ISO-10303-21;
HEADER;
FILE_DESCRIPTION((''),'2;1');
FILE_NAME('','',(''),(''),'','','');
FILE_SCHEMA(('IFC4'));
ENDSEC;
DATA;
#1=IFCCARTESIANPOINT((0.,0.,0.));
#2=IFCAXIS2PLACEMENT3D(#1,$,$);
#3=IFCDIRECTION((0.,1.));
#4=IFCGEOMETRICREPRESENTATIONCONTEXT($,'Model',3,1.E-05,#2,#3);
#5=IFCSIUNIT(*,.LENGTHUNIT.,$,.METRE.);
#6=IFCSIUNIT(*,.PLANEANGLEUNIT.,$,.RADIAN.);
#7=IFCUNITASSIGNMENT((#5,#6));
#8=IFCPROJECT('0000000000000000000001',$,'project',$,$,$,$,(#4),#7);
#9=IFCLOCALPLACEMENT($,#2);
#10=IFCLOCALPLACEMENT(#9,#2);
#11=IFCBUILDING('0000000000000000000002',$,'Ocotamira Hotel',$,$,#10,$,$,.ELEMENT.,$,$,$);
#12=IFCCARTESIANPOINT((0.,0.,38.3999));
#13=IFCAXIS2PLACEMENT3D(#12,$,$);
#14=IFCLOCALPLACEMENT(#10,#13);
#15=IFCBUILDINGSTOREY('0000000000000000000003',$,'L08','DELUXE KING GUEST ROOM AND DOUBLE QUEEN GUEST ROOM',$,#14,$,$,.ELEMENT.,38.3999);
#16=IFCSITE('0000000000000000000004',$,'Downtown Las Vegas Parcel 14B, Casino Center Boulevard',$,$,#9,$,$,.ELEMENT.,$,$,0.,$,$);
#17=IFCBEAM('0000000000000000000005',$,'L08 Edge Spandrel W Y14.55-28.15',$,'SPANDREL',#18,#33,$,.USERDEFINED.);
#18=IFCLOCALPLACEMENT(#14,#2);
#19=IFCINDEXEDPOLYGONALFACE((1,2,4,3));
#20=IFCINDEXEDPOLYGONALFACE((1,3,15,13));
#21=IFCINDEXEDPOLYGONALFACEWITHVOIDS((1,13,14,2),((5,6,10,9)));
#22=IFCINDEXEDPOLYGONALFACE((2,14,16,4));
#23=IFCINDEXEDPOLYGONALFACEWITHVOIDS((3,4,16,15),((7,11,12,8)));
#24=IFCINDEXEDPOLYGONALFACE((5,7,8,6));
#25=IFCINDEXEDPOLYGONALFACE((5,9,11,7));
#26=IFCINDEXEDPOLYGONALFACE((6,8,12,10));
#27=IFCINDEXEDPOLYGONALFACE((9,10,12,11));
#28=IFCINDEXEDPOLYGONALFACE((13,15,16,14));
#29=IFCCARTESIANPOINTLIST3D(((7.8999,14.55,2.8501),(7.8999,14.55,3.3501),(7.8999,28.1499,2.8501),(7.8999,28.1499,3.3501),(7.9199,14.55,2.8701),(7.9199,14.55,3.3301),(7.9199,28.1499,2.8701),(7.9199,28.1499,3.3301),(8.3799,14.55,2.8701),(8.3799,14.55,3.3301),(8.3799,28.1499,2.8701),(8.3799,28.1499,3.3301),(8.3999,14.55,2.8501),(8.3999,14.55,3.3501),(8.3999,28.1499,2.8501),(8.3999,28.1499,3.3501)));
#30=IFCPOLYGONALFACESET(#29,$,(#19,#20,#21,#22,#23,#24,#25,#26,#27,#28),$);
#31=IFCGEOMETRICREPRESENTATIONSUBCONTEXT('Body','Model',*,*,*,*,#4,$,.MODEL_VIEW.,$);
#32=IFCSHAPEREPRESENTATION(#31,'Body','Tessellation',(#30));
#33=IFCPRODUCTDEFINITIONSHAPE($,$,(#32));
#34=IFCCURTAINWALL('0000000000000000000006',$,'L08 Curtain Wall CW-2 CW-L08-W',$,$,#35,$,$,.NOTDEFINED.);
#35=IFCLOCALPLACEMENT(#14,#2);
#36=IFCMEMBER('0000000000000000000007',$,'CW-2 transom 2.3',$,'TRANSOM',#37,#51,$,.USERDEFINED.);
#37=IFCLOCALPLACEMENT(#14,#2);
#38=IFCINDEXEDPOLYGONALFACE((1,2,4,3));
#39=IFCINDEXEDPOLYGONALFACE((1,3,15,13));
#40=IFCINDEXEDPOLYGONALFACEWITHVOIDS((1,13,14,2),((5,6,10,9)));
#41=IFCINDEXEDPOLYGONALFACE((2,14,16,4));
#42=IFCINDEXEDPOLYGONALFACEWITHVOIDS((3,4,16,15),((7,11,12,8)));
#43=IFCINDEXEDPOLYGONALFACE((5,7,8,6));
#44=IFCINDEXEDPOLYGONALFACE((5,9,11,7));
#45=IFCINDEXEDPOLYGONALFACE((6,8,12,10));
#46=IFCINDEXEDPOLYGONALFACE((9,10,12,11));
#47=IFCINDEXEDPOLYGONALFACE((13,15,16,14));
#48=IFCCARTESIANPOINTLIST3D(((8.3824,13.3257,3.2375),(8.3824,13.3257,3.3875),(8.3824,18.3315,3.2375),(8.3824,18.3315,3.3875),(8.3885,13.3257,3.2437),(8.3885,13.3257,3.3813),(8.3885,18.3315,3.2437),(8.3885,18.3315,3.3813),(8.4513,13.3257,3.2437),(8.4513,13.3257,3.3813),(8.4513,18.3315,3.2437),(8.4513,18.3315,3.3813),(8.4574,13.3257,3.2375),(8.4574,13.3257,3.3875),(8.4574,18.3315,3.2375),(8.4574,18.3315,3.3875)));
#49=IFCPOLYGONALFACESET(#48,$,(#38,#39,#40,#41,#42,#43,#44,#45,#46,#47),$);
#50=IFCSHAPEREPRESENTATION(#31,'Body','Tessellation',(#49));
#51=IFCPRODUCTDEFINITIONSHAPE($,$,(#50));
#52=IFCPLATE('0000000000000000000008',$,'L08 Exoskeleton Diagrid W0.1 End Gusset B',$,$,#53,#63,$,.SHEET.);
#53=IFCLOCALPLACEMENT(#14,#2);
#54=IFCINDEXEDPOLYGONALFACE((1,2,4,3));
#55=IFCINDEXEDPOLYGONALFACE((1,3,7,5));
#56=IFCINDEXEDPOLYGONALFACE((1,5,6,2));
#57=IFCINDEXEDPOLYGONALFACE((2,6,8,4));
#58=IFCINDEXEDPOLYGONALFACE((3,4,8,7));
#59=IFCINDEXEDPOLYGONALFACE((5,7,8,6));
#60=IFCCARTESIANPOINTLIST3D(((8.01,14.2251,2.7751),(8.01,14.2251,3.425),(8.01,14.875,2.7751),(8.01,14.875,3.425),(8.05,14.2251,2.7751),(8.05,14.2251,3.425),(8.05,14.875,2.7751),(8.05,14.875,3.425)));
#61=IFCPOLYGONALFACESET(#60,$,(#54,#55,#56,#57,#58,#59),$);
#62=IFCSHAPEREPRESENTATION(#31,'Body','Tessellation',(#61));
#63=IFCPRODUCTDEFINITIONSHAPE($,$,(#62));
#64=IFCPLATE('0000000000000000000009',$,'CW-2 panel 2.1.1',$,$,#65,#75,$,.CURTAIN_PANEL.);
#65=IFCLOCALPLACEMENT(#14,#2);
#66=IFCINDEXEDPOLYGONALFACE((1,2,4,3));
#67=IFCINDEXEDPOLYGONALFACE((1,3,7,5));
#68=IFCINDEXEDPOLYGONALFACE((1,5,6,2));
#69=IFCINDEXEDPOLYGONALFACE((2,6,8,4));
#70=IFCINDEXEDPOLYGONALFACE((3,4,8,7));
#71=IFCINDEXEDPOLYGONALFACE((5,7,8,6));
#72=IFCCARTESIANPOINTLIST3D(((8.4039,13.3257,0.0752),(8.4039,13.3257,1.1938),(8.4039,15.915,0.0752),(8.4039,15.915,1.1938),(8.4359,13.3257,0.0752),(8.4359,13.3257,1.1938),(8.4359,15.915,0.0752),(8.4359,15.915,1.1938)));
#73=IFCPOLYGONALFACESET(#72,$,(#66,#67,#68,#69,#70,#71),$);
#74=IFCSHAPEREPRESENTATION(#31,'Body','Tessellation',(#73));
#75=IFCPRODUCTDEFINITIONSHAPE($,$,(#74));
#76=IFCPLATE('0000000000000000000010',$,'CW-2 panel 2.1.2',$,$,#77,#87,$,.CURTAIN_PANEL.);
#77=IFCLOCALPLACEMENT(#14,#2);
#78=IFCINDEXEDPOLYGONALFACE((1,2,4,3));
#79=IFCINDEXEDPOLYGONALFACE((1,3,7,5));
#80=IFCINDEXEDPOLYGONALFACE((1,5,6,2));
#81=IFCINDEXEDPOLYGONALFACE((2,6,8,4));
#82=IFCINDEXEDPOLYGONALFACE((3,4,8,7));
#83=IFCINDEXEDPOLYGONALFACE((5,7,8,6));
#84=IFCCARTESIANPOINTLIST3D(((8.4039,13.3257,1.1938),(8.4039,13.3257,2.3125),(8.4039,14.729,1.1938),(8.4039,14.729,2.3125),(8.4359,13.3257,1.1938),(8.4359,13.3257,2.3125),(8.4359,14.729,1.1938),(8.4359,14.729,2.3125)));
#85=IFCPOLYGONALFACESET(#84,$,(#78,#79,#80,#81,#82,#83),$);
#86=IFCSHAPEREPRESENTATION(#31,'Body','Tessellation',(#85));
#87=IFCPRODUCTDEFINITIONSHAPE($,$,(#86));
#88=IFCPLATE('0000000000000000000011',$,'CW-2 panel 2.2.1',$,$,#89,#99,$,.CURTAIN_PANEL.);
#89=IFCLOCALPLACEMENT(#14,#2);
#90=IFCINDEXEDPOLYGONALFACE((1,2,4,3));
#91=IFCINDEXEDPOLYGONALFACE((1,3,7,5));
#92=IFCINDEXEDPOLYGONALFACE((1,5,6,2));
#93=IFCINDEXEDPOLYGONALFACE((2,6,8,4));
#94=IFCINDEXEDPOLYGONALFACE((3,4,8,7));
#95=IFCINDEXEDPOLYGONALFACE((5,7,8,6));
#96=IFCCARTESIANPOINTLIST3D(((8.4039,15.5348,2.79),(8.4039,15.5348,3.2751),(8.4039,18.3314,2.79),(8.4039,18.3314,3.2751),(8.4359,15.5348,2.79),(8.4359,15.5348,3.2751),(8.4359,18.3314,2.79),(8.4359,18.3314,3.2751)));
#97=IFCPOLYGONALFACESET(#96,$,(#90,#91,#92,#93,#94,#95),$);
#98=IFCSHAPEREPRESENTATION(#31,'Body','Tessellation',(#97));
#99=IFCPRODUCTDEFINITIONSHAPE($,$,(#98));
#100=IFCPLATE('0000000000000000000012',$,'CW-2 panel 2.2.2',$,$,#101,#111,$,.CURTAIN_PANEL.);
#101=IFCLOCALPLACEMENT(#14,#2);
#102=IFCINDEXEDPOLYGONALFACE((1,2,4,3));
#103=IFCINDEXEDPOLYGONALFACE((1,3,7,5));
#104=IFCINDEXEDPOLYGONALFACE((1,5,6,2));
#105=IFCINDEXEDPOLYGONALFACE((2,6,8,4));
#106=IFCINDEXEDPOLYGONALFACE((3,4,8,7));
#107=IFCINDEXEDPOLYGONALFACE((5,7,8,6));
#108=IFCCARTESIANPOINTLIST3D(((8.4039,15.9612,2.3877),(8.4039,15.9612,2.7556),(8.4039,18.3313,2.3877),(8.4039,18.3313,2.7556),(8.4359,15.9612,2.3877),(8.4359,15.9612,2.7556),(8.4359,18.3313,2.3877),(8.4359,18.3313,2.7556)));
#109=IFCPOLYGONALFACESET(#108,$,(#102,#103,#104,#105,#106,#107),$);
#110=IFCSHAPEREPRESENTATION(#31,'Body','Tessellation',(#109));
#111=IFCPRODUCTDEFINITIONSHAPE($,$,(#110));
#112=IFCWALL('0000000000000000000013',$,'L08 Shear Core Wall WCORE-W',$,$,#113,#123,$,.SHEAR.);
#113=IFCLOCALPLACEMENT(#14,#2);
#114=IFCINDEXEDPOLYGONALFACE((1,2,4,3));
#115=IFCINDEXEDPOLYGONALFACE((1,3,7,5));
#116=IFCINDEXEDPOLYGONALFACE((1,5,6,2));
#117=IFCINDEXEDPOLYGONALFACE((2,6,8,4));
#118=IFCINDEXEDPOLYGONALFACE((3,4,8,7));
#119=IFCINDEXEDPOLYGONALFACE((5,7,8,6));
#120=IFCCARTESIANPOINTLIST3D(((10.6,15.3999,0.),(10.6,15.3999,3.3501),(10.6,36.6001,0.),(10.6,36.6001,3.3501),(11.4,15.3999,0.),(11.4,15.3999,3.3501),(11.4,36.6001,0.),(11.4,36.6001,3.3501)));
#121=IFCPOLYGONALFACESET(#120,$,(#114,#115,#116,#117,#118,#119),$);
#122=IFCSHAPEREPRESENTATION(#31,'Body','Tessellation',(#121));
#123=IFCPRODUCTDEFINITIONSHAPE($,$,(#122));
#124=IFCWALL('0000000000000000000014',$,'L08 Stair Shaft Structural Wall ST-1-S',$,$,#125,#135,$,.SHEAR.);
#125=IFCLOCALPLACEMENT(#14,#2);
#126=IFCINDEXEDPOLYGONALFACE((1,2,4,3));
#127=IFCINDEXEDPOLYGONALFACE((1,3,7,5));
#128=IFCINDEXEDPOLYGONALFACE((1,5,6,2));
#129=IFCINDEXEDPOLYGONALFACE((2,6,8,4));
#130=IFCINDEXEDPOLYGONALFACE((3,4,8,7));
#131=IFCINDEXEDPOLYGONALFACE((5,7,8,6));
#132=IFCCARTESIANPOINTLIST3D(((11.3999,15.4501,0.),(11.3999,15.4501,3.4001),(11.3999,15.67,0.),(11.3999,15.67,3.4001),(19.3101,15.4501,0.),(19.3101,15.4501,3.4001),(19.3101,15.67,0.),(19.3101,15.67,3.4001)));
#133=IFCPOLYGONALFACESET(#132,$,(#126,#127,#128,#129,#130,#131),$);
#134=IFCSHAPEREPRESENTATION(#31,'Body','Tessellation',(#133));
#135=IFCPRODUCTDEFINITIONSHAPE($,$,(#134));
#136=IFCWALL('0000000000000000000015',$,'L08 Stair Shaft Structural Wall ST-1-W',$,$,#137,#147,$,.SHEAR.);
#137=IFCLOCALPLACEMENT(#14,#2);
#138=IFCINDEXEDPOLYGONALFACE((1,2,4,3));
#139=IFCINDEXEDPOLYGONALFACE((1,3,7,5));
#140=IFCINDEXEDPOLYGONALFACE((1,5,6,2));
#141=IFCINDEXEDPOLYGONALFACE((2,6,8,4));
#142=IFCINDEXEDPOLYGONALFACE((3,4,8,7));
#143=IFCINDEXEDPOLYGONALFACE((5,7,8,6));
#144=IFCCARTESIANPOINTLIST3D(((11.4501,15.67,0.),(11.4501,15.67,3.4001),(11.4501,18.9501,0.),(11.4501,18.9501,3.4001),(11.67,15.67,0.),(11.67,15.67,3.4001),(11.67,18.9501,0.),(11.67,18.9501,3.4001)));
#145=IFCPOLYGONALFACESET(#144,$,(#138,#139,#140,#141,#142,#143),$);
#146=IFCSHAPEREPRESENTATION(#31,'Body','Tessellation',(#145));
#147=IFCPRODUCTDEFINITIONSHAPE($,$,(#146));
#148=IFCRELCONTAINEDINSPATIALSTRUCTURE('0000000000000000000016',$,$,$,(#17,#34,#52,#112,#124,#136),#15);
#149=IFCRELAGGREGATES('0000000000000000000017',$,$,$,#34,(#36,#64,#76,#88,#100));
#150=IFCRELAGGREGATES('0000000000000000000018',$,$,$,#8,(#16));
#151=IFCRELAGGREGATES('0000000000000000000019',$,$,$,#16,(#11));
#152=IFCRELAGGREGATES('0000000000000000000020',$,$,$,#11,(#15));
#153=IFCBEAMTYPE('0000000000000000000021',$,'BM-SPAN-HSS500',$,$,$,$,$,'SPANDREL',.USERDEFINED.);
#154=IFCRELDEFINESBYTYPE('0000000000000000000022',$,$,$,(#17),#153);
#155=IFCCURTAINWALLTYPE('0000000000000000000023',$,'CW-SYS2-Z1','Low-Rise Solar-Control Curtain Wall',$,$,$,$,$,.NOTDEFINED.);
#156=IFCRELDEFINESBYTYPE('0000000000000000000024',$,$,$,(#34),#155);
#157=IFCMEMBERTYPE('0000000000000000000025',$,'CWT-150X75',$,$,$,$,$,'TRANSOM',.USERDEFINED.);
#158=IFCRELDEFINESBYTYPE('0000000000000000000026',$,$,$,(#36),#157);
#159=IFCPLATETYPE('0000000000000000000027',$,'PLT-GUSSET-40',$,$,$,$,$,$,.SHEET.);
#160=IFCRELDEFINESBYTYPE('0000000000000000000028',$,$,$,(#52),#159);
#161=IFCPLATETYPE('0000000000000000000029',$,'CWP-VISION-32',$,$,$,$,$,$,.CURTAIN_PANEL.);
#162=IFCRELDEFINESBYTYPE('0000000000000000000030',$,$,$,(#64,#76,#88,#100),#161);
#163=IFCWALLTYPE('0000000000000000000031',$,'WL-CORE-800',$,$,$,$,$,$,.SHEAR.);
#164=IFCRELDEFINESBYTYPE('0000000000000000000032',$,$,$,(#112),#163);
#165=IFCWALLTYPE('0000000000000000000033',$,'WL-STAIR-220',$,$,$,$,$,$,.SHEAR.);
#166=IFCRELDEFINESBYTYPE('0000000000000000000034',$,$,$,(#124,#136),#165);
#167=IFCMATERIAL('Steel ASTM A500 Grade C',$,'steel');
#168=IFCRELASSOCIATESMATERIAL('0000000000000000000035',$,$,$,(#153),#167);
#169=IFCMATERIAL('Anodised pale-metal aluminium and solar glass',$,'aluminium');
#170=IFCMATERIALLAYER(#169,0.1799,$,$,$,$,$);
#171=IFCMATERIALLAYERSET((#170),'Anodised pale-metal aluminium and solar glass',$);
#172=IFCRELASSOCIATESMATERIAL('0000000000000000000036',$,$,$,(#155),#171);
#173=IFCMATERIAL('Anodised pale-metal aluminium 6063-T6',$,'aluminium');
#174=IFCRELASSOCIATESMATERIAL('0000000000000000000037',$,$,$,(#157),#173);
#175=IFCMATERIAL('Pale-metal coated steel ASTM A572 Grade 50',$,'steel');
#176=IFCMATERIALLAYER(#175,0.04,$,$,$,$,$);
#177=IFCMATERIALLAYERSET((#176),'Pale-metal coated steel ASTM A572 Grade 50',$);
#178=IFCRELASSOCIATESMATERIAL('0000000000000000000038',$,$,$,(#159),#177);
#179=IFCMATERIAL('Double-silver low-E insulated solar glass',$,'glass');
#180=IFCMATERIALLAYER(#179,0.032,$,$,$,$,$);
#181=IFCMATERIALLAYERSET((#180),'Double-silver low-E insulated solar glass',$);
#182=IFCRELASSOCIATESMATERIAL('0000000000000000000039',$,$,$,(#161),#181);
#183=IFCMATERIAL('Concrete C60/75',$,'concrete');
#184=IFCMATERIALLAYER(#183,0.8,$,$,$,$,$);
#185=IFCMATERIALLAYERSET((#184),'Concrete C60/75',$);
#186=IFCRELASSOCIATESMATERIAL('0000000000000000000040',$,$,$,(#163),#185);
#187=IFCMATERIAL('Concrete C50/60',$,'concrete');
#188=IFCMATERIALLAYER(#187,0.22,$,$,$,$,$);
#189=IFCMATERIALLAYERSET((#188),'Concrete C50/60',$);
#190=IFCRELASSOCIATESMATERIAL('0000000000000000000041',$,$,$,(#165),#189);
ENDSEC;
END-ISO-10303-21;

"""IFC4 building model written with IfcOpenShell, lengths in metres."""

from ifc_helpers import new_model, si_unit, direction, frame, frame_2d, origin, origin_2d, place, context, subcontext, project, spatial, rectangle, hollow_rectangle, extrude, source, transform, mapped, material, layer, layer_set, material_profile, profile_set, type_object, element, aggregate, save


model = new_model("IFC4")

# Units and contexts
model_context = context("Model", 3, precision=1e-05, world=origin(), true_north=direction((0.0, 1.0)))
body_context = subcontext(model_context, "Body", "Model", "MODEL_VIEW")
ifc_project = project(units=[si_unit("LENGTHUNIT", "METRE"), si_unit("PLANEANGLEUNIT", "RADIAN")], contexts=[model_context])

# Site, building, storey
site_placement = place(None, origin())
site = spatial("IfcSite", under=ifc_project, at=site_placement, Name="Downtown Las Vegas Parcel 14B, Casino Center Boulevard", CompositionType="ELEMENT", RefElevation=0.0)
building_placement = place(site_placement, origin())
building = spatial("IfcBuilding", under=site, at=building_placement, Name="Ocotamira Hotel", CompositionType="ELEMENT")
storey_placement = place(building_placement, frame((0.0, 0.0, 38.3999)))
storey = spatial("IfcBuildingStorey", under=building, at=storey_placement, Name="L08", Description="DELUXE KING GUEST ROOM AND DOUBLE QUEEN GUEST ROOM", CompositionType="ELEMENT", Elevation=38.3999)

# Beam
ifc_material_1 = material(Name="Steel ASTM A500 Grade C", Category="steel")
ifc_material_profile_1 = material_profile(ifc_material_1, hollow_rectangle(XDim=0.5, YDim=0.5, WallThickness=0.02, at=origin_2d()), Name="HSS500X500X20")
ifc_profile_set_1 = profile_set([ifc_material_profile_1], Name="Steel ASTM A500 Grade C")
beam_type_1 = type_object("IfcBeamType", Name="BM-SPAN-HSS500", ElementType="SPANDREL", PredefinedType="USERDEFINED", material=ifc_profile_set_1)
shared_shape_1 = source(origin(), body_context, "Body", "SweptSolid", [
    extrude(hollow_rectangle(XDim=0.5, YDim=0.5, WallThickness=0.02, at=origin_2d()), origin(), (0.0, 0.0, 1.0), 13.5999),
])
beam_1_placement = place(storey_placement, frame((8.1499, 14.55, 3.1001), z_axis=(0.0, 1.0, 0.0), x_axis=(-1.0, 0.0, 0.0)))
element("IfcBeam", 1, at=beam_1_placement, inside=storey, type_object=beam_type_1, Name="L08 Edge Spandrel W Y14.55-28.15", ObjectType="SPANDREL", PredefinedType="USERDEFINED", context=body_context, shape_type="MappedRepresentation", body=[
    mapped(shared_shape_1, transform((0.0, 0.0, 0.0), scale=1.0)),
])

# Curtain wall, member
ifc_material_2 = material(Name="Anodised pale-metal aluminium and solar glass", Category="aluminium")
ifc_layer_1 = layer(ifc_material_2, 0.1799)
ifc_layer_set_1 = layer_set([ifc_layer_1], Name="Anodised pale-metal aluminium and solar glass")
curtain_wall_type = type_object("IfcCurtainWallType", Name="CW-SYS2-Z1", Description="Low-Rise Solar-Control Curtain Wall", PredefinedType="NOTDEFINED", material=ifc_layer_set_1)
curtain_wall_placement = place(storey_placement, origin())
curtain_wall = element("IfcCurtainWall", 2, at=curtain_wall_placement, inside=storey, type_object=curtain_wall_type, Name="L08 Curtain Wall CW-2 CW-L08-W", PredefinedType="NOTDEFINED")
ifc_material_3 = material(Name="Anodised pale-metal aluminium 6063-T6", Category="aluminium")
ifc_material_profile_2 = material_profile(ifc_material_3, hollow_rectangle(XDim=0.075, YDim=0.1499, WallThickness=0.0061, at=origin_2d()), Name="HSS150X75X6")
ifc_profile_set_2 = profile_set([ifc_material_profile_2], Name="Anodised pale-metal aluminium 6063-T6")
member_type = type_object("IfcMemberType", Name="CWT-150X75", ElementType="TRANSOM", PredefinedType="USERDEFINED", material=ifc_profile_set_2)
shared_shape_2 = source(origin(), body_context, "Body", "SweptSolid", [
    extrude(hollow_rectangle(XDim=0.075, YDim=0.1499, WallThickness=0.0061, at=origin_2d()), origin(), (0.0, 0.0, 1.0), 5.0059),
])
member_placement = place(storey_placement, frame((8.4199, 13.3257, 3.3125), z_axis=(0.0, 1.0, 0.0), x_axis=(-1.0, 0.0, 0.0)))
member = element("IfcMember", 3, at=member_placement, type_object=member_type, Name="CW-2 transom 2.3", ObjectType="TRANSOM", PredefinedType="USERDEFINED", context=body_context, shape_type="MappedRepresentation", body=[
    mapped(shared_shape_2, transform((0.0, 0.0, 0.0), scale=1.0)),
])

# Plates
ifc_material_4 = material(Name="Pale-metal coated steel ASTM A572 Grade 50", Category="steel")
ifc_layer_2 = layer(ifc_material_4, 0.04)
ifc_layer_set_2 = layer_set([ifc_layer_2], Name="Pale-metal coated steel ASTM A572 Grade 50")
plate_type_1 = type_object("IfcPlateType", Name="PLT-GUSSET-40", PredefinedType="SHEET", material=ifc_layer_set_2)
shared_shape_3 = source(origin(), body_context, "Body", "SweptSolid", [
    extrude(rectangle(XDim=0.04, YDim=0.6499, at=origin_2d()), origin(), (0.0, 0.0, 1.0), 0.6499),
])
plate_1_placement = place(storey_placement, frame((8.03, 14.55, 2.7751), z_axis=(0.0, 0.0, 1.0), x_axis=(1.0, 0.0, 0.0)))
element("IfcPlate", 4, at=plate_1_placement, inside=storey, type_object=plate_type_1, Name="L08 Exoskeleton Diagrid W0.1 End Gusset B", PredefinedType="SHEET", context=body_context, shape_type="MappedRepresentation", body=[
    mapped(shared_shape_3, transform((0.0, 0.0, 0.0), scale=1.0)),
])
ifc_material_5 = material(Name="Double-silver low-E insulated solar glass", Category="glass")
ifc_layer_3 = layer(ifc_material_5, 0.032)
ifc_layer_set_3 = layer_set([ifc_layer_3], Name="Double-silver low-E insulated solar glass")
plate_type_2 = type_object("IfcPlateType", Name="CWP-VISION-32", PredefinedType="CURTAIN_PANEL", material=ifc_layer_set_3)
shared_shape_4 = source(origin(), body_context, "Body", "SweptSolid", [
    extrude(rectangle(XDim=2.5894, YDim=0.032, at=origin_2d()), origin(), (0.0, 0.0, 1.0), 1.1187),
])
plate_2_placement = place(storey_placement, frame((8.4199, 14.6204, 0.0752), z_axis=(0.0, 0.0, 1.0), x_axis=(0.0, 1.0, 0.0)))
plate_2 = element("IfcPlate", 5, at=plate_2_placement, type_object=plate_type_2, Name="CW-2 panel 2.1.1", PredefinedType="CURTAIN_PANEL", context=body_context, shape_type="MappedRepresentation", body=[
    mapped(shared_shape_4, transform((0.0, 0.0, 0.0), scale=1.0)),
])
shared_shape_5 = source(origin(), body_context, "Body", "SweptSolid", [
    extrude(rectangle(XDim=1.4033, YDim=0.032, at=origin_2d()), origin(), (0.0, 0.0, 1.0), 1.1187),
])
plate_3_placement = place(storey_placement, frame((8.4199, 14.0273, 1.1938), z_axis=(0.0, 0.0, 1.0), x_axis=(0.0, 1.0, 0.0)))
plate_3 = element("IfcPlate", 6, at=plate_3_placement, type_object=plate_type_2, Name="CW-2 panel 2.1.2", PredefinedType="CURTAIN_PANEL", context=body_context, shape_type="MappedRepresentation", body=[
    mapped(shared_shape_5, transform((0.0, 0.0, 0.0), scale=1.0)),
])
shared_shape_6 = source(origin(), body_context, "Body", "SweptSolid", [
    extrude(rectangle(XDim=2.7966, YDim=0.032, at=origin_2d()), origin(), (0.0, 0.0, 1.0), 0.4851),
])
plate_4_placement = place(storey_placement, frame((8.4199, 16.9331, 2.79), z_axis=(0.0, 0.0, 1.0), x_axis=(0.0, 1.0, 0.0)))
plate_4 = element("IfcPlate", 7, at=plate_4_placement, type_object=plate_type_2, Name="CW-2 panel 2.2.1", PredefinedType="CURTAIN_PANEL", context=body_context, shape_type="MappedRepresentation", body=[
    mapped(shared_shape_6, transform((0.0, 0.0, 0.0), scale=1.0)),
])
shared_shape_7 = source(origin(), body_context, "Body", "SweptSolid", [
    extrude(rectangle(XDim=2.3701, YDim=0.032, at=origin_2d()), origin(), (0.0, 0.0, 1.0), 0.3679),
])
plate_5_placement = place(storey_placement, frame((8.4199, 17.1462, 2.3877), z_axis=(0.0, 0.0, 1.0), x_axis=(0.0, 1.0, 0.0)))
plate_5 = element("IfcPlate", 8, at=plate_5_placement, type_object=plate_type_2, Name="CW-2 panel 2.2.2", PredefinedType="CURTAIN_PANEL", context=body_context, shape_type="MappedRepresentation", body=[
    mapped(shared_shape_7, transform((0.0, 0.0, 0.0), scale=1.0)),
])
aggregate(curtain_wall, [member, plate_2, plate_3, plate_4, plate_5])

# Shared definitions
ifc_material_6 = material(Name="Concrete C60/75", Category="concrete")
ifc_layer_4 = layer(ifc_material_6, 0.8)
ifc_layer_set_4 = layer_set([ifc_layer_4], Name="Concrete C60/75")
wall_type_1 = type_object("IfcWallType", Name="WL-CORE-800", PredefinedType="SHEAR", material=ifc_layer_set_4)

# Walls
wall_1_placement = place(storey_placement, frame((11.0, 15.3999, 0.0), z_axis=(0.0, 0.0, 1.0), x_axis=(0.0, 1.0, 0.0)))
element("IfcWall", 9, at=wall_1_placement, inside=storey, type_object=wall_type_1, Name="L08 Shear Core Wall WCORE-W", PredefinedType="SHEAR", context=body_context, shape_type="SweptSolid", body=[
    extrude(rectangle(XDim=21.2002, YDim=0.8, at=frame_2d((10.6001, 0.0))), origin(), (0.0, 0.0, 1.0), 3.3501),
])
ifc_material_7 = material(Name="Concrete C50/60", Category="concrete")
ifc_layer_5 = layer(ifc_material_7, 0.22)
ifc_layer_set_5 = layer_set([ifc_layer_5], Name="Concrete C50/60")
wall_type_2 = type_object("IfcWallType", Name="WL-STAIR-220", PredefinedType="SHEAR", material=ifc_layer_set_5)
wall_2_placement = place(storey_placement, frame((11.3999, 15.5601, 0.0), z_axis=(0.0, 0.0, 1.0), x_axis=(1.0, 0.0, 0.0)))
element("IfcWall", 10, at=wall_2_placement, inside=storey, type_object=wall_type_2, Name="L08 Stair Shaft Structural Wall ST-1-S", PredefinedType="SHEAR", context=body_context, shape_type="SweptSolid", body=[
    extrude(rectangle(XDim=7.9102, YDim=0.22, at=frame_2d((3.9551, 0.0))), origin(), (0.0, 0.0, 1.0), 3.4001),
])
wall_3_placement = place(storey_placement, frame((11.5601, 15.6699, 0.0), z_axis=(0.0, 0.0, 1.0), x_axis=(0.0, 1.0, 0.0)))
element("IfcWall", 11, at=wall_3_placement, inside=storey, type_object=wall_type_2, Name="L08 Stair Shaft Structural Wall ST-1-W", PredefinedType="SHEAR", context=body_context, shape_type="SweptSolid", body=[
    extrude(rectangle(XDim=3.28, YDim=0.22, at=frame_2d((1.6401, 0.0))), origin(), (0.0, 0.0, 1.0), 3.4001),
])

save(model, "model.ifc")
